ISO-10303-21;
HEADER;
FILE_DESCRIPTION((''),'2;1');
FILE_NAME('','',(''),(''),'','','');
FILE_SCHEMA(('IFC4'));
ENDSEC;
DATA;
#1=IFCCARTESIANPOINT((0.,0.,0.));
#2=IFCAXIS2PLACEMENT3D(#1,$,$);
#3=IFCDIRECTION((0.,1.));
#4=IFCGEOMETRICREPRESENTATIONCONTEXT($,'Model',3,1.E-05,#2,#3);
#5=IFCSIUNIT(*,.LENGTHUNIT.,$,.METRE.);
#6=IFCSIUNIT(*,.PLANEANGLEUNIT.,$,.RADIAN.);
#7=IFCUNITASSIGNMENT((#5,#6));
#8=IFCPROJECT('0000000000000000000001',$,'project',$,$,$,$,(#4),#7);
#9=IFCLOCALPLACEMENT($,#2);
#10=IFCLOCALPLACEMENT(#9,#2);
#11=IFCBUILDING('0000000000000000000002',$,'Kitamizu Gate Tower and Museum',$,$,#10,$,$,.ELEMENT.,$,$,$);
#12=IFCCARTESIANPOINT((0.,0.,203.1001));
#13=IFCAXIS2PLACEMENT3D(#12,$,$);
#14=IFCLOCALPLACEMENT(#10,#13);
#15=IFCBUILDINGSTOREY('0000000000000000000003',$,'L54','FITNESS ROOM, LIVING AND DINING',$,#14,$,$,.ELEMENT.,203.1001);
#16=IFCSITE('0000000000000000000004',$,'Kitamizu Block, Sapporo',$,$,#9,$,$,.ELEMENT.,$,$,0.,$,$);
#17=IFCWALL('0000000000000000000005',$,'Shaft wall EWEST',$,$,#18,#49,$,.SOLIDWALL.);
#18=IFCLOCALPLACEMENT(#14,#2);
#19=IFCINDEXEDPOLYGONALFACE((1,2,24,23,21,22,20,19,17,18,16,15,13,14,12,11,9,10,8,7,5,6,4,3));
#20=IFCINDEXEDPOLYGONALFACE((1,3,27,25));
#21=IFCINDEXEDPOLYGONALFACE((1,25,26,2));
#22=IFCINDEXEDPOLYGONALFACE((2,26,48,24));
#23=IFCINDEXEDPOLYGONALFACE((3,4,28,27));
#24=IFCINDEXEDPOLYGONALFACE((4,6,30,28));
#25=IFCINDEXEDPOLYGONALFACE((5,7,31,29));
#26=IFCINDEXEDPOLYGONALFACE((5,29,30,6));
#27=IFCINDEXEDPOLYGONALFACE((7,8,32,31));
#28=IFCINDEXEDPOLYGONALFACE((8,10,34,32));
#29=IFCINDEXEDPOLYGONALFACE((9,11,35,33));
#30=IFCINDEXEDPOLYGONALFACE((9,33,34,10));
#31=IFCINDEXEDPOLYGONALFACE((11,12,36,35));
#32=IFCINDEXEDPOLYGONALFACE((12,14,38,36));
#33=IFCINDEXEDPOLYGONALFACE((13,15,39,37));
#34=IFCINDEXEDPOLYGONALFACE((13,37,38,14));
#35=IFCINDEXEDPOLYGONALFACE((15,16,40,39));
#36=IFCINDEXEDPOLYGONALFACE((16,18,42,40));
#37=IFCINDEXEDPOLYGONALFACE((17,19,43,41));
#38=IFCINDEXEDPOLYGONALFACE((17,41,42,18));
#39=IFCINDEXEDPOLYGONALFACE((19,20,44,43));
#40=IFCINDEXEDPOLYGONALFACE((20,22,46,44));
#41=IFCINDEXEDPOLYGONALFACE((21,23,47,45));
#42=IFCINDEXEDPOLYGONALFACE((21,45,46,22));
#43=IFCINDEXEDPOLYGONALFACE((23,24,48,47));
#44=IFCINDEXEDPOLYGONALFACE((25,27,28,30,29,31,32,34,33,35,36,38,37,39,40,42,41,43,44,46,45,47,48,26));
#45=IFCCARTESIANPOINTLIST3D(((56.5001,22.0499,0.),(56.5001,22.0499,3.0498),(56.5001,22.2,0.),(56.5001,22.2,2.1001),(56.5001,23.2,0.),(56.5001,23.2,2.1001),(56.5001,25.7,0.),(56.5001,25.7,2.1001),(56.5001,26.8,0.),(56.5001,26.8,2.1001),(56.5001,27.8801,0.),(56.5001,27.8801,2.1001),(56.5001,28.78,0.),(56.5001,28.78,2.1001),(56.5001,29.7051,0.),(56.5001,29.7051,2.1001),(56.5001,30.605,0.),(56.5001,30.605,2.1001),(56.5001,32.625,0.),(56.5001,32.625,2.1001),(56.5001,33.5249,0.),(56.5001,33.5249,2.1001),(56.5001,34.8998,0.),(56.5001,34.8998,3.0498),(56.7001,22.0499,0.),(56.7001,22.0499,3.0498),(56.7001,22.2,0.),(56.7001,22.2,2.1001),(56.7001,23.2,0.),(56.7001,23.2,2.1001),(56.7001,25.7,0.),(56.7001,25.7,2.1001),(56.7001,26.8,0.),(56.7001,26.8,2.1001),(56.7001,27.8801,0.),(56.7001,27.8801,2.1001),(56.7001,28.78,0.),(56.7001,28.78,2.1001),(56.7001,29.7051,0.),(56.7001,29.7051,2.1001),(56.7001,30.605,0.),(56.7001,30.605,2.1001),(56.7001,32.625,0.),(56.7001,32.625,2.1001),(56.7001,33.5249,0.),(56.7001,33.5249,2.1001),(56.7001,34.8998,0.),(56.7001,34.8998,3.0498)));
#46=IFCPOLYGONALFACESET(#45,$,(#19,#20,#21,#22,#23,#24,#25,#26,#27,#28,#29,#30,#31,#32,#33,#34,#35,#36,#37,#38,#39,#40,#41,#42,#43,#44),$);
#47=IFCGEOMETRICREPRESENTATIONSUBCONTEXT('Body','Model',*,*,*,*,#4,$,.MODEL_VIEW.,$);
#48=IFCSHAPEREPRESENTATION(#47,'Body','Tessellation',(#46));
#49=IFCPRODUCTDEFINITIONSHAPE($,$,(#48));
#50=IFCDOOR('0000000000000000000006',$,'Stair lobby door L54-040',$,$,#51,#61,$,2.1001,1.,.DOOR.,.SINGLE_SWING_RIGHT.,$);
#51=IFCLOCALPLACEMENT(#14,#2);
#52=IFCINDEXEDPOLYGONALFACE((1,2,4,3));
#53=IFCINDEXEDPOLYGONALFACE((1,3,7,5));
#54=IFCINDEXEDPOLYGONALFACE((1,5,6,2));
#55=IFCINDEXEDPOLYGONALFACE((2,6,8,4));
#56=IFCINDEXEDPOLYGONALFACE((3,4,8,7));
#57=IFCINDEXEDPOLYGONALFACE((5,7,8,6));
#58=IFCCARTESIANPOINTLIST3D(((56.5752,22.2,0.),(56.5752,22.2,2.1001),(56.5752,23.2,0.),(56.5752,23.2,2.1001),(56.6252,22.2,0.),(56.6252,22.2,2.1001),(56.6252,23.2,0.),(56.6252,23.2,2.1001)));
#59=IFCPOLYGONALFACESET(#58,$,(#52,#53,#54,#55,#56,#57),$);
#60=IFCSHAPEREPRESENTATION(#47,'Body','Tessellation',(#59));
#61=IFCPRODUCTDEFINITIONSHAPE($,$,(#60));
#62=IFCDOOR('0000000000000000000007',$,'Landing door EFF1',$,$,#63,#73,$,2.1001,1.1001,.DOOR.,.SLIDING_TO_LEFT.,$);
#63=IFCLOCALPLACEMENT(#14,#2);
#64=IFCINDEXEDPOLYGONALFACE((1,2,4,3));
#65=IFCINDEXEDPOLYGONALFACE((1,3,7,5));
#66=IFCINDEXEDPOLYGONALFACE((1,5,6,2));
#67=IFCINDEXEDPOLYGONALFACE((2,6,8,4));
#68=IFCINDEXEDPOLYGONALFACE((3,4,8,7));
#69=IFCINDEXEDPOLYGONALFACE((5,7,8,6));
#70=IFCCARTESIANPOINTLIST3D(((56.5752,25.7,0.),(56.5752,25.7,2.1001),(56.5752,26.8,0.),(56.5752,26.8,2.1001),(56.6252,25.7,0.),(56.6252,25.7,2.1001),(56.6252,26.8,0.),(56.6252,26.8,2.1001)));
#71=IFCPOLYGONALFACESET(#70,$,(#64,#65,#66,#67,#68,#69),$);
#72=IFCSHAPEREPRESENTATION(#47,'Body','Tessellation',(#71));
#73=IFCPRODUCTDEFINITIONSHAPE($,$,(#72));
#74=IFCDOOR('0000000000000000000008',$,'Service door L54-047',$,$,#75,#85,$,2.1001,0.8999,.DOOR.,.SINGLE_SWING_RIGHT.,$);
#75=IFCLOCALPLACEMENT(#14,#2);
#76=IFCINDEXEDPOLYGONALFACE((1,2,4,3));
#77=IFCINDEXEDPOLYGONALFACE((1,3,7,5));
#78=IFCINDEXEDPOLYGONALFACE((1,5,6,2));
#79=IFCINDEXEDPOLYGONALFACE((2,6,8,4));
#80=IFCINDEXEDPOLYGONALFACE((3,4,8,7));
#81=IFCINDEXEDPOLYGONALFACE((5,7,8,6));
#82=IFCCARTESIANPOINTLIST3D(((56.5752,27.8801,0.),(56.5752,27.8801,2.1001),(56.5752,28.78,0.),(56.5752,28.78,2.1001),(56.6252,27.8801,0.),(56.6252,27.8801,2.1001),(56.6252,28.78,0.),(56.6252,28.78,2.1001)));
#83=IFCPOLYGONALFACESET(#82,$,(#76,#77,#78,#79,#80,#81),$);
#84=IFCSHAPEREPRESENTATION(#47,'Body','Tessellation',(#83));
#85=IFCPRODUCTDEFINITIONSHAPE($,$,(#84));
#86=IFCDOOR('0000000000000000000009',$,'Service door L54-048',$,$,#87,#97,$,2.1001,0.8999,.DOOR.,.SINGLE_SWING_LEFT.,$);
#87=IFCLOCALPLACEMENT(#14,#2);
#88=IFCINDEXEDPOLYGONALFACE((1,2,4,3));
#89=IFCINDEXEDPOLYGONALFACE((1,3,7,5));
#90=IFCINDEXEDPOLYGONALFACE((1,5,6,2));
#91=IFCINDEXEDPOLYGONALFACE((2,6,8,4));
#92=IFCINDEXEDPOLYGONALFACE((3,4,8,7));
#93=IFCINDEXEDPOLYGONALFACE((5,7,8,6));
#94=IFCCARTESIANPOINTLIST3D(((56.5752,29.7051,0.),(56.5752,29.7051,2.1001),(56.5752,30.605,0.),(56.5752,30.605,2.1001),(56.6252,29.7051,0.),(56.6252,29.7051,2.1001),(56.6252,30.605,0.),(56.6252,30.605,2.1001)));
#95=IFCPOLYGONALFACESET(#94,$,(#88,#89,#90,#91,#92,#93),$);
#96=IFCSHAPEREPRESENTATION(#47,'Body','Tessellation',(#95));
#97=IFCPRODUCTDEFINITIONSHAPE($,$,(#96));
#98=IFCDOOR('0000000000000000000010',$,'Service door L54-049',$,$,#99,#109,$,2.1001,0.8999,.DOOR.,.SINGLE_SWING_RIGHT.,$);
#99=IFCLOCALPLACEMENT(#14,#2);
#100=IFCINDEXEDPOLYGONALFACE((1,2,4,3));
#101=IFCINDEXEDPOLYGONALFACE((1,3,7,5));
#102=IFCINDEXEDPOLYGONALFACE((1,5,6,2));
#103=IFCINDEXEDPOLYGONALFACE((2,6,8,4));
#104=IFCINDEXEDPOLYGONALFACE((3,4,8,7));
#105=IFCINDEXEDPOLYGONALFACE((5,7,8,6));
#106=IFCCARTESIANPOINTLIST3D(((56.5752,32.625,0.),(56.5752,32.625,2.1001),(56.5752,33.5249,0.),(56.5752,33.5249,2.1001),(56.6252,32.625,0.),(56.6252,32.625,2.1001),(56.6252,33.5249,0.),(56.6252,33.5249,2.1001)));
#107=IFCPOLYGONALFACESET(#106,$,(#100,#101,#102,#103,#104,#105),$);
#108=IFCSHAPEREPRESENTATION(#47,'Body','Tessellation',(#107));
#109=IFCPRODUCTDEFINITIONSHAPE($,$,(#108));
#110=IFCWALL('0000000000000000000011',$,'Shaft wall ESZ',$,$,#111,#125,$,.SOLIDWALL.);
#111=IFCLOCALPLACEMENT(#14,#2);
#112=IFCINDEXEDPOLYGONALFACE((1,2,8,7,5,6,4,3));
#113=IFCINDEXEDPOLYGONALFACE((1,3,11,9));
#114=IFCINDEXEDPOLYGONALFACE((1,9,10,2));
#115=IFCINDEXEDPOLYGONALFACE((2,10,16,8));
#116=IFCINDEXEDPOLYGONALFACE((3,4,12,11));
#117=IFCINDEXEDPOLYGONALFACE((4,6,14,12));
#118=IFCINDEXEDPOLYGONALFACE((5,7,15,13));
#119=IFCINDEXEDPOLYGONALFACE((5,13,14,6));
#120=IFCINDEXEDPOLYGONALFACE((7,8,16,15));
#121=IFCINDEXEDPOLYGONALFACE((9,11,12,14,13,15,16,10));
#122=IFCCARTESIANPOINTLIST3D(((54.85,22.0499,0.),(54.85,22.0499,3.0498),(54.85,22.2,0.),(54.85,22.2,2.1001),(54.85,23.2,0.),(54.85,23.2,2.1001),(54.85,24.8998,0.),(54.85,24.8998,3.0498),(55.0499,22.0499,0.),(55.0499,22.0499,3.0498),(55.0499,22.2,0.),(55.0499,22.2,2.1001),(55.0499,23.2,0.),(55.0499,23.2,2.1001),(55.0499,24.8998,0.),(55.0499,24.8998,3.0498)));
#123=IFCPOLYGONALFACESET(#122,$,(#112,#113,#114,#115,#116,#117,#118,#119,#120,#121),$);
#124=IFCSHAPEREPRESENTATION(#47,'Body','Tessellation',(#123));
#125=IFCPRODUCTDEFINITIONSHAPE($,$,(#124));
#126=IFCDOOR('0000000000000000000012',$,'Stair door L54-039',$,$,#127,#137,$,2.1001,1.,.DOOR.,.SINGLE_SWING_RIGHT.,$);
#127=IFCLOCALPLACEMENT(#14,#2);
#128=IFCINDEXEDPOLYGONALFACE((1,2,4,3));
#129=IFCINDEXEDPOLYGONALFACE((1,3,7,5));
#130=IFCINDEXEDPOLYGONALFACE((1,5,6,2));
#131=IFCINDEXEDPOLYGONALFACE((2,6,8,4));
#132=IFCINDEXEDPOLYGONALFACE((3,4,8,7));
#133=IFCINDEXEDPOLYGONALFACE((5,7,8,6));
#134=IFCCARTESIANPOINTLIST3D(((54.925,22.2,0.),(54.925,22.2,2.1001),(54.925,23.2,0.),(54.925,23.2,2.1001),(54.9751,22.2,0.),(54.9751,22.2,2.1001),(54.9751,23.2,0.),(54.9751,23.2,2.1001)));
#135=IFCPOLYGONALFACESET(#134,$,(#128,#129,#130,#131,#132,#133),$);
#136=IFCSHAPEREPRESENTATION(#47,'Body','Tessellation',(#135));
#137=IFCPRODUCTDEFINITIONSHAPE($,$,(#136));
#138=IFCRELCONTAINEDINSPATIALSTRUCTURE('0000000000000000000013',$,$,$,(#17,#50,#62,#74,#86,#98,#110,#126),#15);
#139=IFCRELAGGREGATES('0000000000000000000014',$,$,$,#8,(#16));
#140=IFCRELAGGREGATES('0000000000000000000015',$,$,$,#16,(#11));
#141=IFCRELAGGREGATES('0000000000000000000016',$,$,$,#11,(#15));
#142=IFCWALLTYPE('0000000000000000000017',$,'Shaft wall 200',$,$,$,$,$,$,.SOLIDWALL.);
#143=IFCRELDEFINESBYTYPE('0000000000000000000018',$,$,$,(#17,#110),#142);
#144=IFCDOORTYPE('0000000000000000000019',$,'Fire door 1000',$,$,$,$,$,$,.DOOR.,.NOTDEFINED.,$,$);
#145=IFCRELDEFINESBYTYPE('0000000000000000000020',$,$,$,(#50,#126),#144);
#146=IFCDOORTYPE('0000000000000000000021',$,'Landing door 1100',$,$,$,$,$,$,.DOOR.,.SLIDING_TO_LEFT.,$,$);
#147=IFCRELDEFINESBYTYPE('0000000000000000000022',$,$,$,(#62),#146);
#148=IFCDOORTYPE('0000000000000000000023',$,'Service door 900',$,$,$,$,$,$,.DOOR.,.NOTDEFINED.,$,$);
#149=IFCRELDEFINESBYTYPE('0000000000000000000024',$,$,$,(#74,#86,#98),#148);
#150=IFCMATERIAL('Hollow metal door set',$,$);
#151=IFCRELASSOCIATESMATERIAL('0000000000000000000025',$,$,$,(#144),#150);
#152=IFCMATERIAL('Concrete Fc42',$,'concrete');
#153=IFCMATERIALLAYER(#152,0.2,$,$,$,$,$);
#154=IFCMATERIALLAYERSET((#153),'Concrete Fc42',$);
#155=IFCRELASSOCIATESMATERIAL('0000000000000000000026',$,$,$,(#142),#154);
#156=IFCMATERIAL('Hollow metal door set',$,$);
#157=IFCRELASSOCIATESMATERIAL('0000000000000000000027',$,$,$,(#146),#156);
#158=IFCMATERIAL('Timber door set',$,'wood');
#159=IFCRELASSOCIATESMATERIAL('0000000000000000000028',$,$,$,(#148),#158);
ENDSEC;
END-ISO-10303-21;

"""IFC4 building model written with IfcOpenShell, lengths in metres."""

from ifc_helpers import new_model, si_unit, direction, frame, frame_2d, origin, place, context, subcontext, project, spatial, rectangle, extrude, material, layer, layer_set, type_object, element, fill, save


model = new_model("IFC4")

# Units and contexts
model_context = context("Model", 3, precision=1e-05, world=origin(), true_north=direction((0.0, 1.0)))
body_context = subcontext(model_context, "Body", "Model", "MODEL_VIEW")
ifc_project = project(units=[si_unit("LENGTHUNIT", "METRE"), si_unit("PLANEANGLEUNIT", "RADIAN")], contexts=[model_context])

# Site, building, storey
site_placement = place(None, origin())
site = spatial("IfcSite", under=ifc_project, at=site_placement, Name="Kitamizu Block, Sapporo", CompositionType="ELEMENT", RefElevation=0.0)
building_placement = place(site_placement, origin())
building = spatial("IfcBuilding", under=site, at=building_placement, Name="Kitamizu Gate Tower and Museum", CompositionType="ELEMENT")
storey_placement = place(building_placement, frame((0.0, 0.0, 203.1001)))
storey = spatial("IfcBuildingStorey", under=building, at=storey_placement, Name="L54", Description="FITNESS ROOM, LIVING AND DINING", CompositionType="ELEMENT", Elevation=203.1001)

# Shared definitions
ifc_material_1 = material(Name="Hollow metal door set")
door_type_1 = type_object("IfcDoorType", Name="Fire door 1000", OperationType="NOTDEFINED", PredefinedType="DOOR", material=ifc_material_1)

# Wall, openings, doors
ifc_material_2 = material(Name="Concrete Fc42", Category="concrete")
ifc_layer_1 = layer(ifc_material_2, 0.2)
ifc_layer_set_1 = layer_set([ifc_layer_1], Name="Concrete Fc42")
wall_type_1 = type_object("IfcWallType", Name="Shaft wall 200", PredefinedType="SOLIDWALL", material=ifc_layer_set_1)
wall_1_placement = place(storey_placement, frame((56.6001, 22.05, 0.0), z_axis=(0.0, 0.0, 1.0), x_axis=(0.0, 1.0, 0.0)))
wall_1 = element("IfcWall", 1, at=wall_1_placement, inside=storey, type_object=wall_type_1, Name="Shaft wall EWEST", PredefinedType="SOLIDWALL", context=body_context, shape_type="SweptSolid", body=[
    extrude(rectangle(XDim=12.8499, YDim=0.2, at=frame_2d((6.4248, 0.0))), origin(), (0.0, 0.0, 1.0), 3.0498),
])
opening_1_placement = place(wall_1_placement, frame((3.6499, 0.0, 0.0)))
opening_1 = element("IfcOpeningElement", 2, at=opening_1_placement, cuts=wall_1, PredefinedType="OPENING", context=body_context, shape_type="SweptSolid", body=[
    extrude(rectangle(XDim=1.1001, YDim=2.1001, at=frame_2d((0.55, 1.05))), frame((0.0, 0.1099, 0.0), z_axis=(0.0, -1.0, 0.0), x_axis=(1.0, 0.0, 0.0)), (0.0, 0.0, 1.0), 0.22),
])
opening_2_placement = place(wall_1_placement, frame((0.1499, 0.0, 0.0)))
opening_2 = element("IfcOpeningElement", 3, at=opening_2_placement, cuts=wall_1, PredefinedType="OPENING", context=body_context, shape_type="SweptSolid", body=[
    extrude(rectangle(XDim=1.0, YDim=2.1001, at=frame_2d((0.5, 1.05))), frame((0.0, 0.1099, 0.0), z_axis=(0.0, -1.0, 0.0), x_axis=(1.0, 0.0, 0.0)), (0.0, 0.0, 1.0), 0.22),
])
opening_3_placement = place(wall_1_placement, frame((5.8301, 0.0, 0.0)))
opening_3 = element("IfcOpeningElement", 4, at=opening_3_placement, cuts=wall_1, PredefinedType="OPENING", context=body_context, shape_type="SweptSolid", body=[
    extrude(rectangle(XDim=0.8999, YDim=2.1001, at=frame_2d((0.45, 1.05))), frame((0.0, 0.1099, 0.0), z_axis=(0.0, -1.0, 0.0), x_axis=(1.0, 0.0, 0.0)), (0.0, 0.0, 1.0), 0.22),
])
opening_4_placement = place(wall_1_placement, frame((7.655, 0.0, 0.0)))
opening_4 = element("IfcOpeningElement", 5, at=opening_4_placement, cuts=wall_1, PredefinedType="OPENING", context=body_context, shape_type="SweptSolid", body=[
    extrude(rectangle(XDim=0.8999, YDim=2.1001, at=frame_2d((0.45, 1.05))), frame((0.0, 0.1099, 0.0), z_axis=(0.0, -1.0, 0.0), x_axis=(1.0, 0.0, 0.0)), (0.0, 0.0, 1.0), 0.22),
])
opening_5_placement = place(wall_1_placement, frame((10.575, 0.0, 0.0)))
opening_5 = element("IfcOpeningElement", 6, at=opening_5_placement, cuts=wall_1, PredefinedType="OPENING", context=body_context, shape_type="SweptSolid", body=[
    extrude(rectangle(XDim=0.8999, YDim=2.1001, at=frame_2d((0.45, 1.05))), frame((0.0, 0.1099, 0.0), z_axis=(0.0, -1.0, 0.0), x_axis=(1.0, 0.0, 0.0)), (0.0, 0.0, 1.0), 0.22),
])
door_1_placement = place(opening_2_placement, origin())
door_1 = element("IfcDoor", 7, at=door_1_placement, inside=storey, type_object=door_type_1, Name="Stair lobby door L54-040", OperationType="SINGLE_SWING_RIGHT", OverallHeight=2.1001, OverallWidth=1.0, PredefinedType="DOOR", context=body_context, shape_type="SweptSolid", body=[
    extrude(rectangle(XDim=1.0, YDim=2.1001, at=frame_2d((0.5, 1.05))), frame((0.0, 0.0249, 0.0), z_axis=(0.0, -1.0, 0.0), x_axis=(1.0, 0.0, 0.0)), (0.0, 0.0, 1.0), 0.05),
])
fill(opening_2, door_1)
ifc_material_3 = material(Name="Hollow metal door set")
door_type_2 = type_object("IfcDoorType", Name="Landing door 1100", OperationType="SLIDING_TO_LEFT", PredefinedType="DOOR", material=ifc_material_3)
door_2_placement = place(opening_1_placement, origin())
door_2 = element("IfcDoor", 8, at=door_2_placement, inside=storey, type_object=door_type_2, Name="Landing door EFF1", OperationType="SLIDING_TO_LEFT", OverallHeight=2.1001, OverallWidth=1.1001, PredefinedType="DOOR", context=body_context, shape_type="SweptSolid", body=[
    extrude(rectangle(XDim=1.1001, YDim=2.1001, at=frame_2d((0.55, 1.05))), frame((0.0, 0.0249, 0.0), z_axis=(0.0, -1.0, 0.0), x_axis=(1.0, 0.0, 0.0)), (0.0, 0.0, 1.0), 0.05),
])
fill(opening_1, door_2)
ifc_material_4 = material(Name="Timber door set", Category="wood")
door_type_3 = type_object("IfcDoorType", Name="Service door 900", OperationType="NOTDEFINED", PredefinedType="DOOR", material=ifc_material_4)
door_3_placement = place(opening_3_placement, origin())
door_3 = element("IfcDoor", 9, at=door_3_placement, inside=storey, type_object=door_type_3, Name="Service door L54-047", OperationType="SINGLE_SWING_RIGHT", OverallHeight=2.1001, OverallWidth=0.8999, PredefinedType="DOOR", context=body_context, shape_type="SweptSolid", body=[
    extrude(rectangle(XDim=0.8999, YDim=2.1001, at=frame_2d((0.45, 1.05))), frame((0.0, 0.0249, 0.0), z_axis=(0.0, -1.0, 0.0), x_axis=(1.0, 0.0, 0.0)), (0.0, 0.0, 1.0), 0.05),
])
fill(opening_3, door_3)
door_4_placement = place(opening_4_placement, origin())
door_4 = element("IfcDoor", 10, at=door_4_placement, inside=storey, type_object=door_type_3, Name="Service door L54-048", OperationType="SINGLE_SWING_LEFT", OverallHeight=2.1001, OverallWidth=0.8999, PredefinedType="DOOR", context=body_context, shape_type="SweptSolid", body=[
    extrude(rectangle(XDim=0.8999, YDim=2.1001, at=frame_2d((0.45, 1.05))), frame((0.0, 0.0249, 0.0), z_axis=(0.0, -1.0, 0.0), x_axis=(1.0, 0.0, 0.0)), (0.0, 0.0, 1.0), 0.05),
])
fill(opening_4, door_4)
door_5_placement = place(opening_5_placement, origin())
door_5 = element("IfcDoor", 11, at=door_5_placement, inside=storey, type_object=door_type_3, Name="Service door L54-049", OperationType="SINGLE_SWING_RIGHT", OverallHeight=2.1001, OverallWidth=0.8999, PredefinedType="DOOR", context=body_context, shape_type="SweptSolid", body=[
    extrude(rectangle(XDim=0.8999, YDim=2.1001, at=frame_2d((0.45, 1.05))), frame((0.0, 0.0249, 0.0), z_axis=(0.0, -1.0, 0.0), x_axis=(1.0, 0.0, 0.0)), (0.0, 0.0, 1.0), 0.05),
])
fill(opening_5, door_5)

# Wall, opening, door
wall_2_placement = place(storey_placement, frame((54.95, 22.05, 0.0), z_axis=(0.0, 0.0, 1.0), x_axis=(0.0, 1.0, 0.0)))
wall_2 = element("IfcWall", 12, at=wall_2_placement, inside=storey, type_object=wall_type_1, Name="Shaft wall ESZ", PredefinedType="SOLIDWALL", context=body_context, shape_type="SweptSolid", body=[
    extrude(rectangle(XDim=2.8499, YDim=0.2, at=frame_2d((1.4248, 0.0))), origin(), (0.0, 0.0, 1.0), 3.0498),
])
opening_6_placement = place(wall_2_placement, frame((0.1499, 0.0, 0.0)))
opening_6 = element("IfcOpeningElement", 13, at=opening_6_placement, cuts=wall_2, PredefinedType="OPENING", context=body_context, shape_type="SweptSolid", body=[
    extrude(rectangle(XDim=1.0, YDim=2.1001, at=frame_2d((0.5, 1.05))), frame((0.0, 0.1099, 0.0), z_axis=(0.0, -1.0, 0.0), x_axis=(1.0, 0.0, 0.0)), (0.0, 0.0, 1.0), 0.22),
])
door_6_placement = place(opening_6_placement, origin())
door_6 = element("IfcDoor", 14, at=door_6_placement, inside=storey, type_object=door_type_1, Name="Stair door L54-039", OperationType="SINGLE_SWING_RIGHT", OverallHeight=2.1001, OverallWidth=1.0, PredefinedType="DOOR", context=body_context, shape_type="SweptSolid", body=[
    extrude(rectangle(XDim=1.0, YDim=2.1001, at=frame_2d((0.5, 1.05))), frame((0.0, 0.0249, 0.0), z_axis=(0.0, -1.0, 0.0), x_axis=(1.0, 0.0, 0.0)), (0.0, 0.0, 1.0), 0.05),
])
fill(opening_6, door_6)

save(model, "model.ifc")
